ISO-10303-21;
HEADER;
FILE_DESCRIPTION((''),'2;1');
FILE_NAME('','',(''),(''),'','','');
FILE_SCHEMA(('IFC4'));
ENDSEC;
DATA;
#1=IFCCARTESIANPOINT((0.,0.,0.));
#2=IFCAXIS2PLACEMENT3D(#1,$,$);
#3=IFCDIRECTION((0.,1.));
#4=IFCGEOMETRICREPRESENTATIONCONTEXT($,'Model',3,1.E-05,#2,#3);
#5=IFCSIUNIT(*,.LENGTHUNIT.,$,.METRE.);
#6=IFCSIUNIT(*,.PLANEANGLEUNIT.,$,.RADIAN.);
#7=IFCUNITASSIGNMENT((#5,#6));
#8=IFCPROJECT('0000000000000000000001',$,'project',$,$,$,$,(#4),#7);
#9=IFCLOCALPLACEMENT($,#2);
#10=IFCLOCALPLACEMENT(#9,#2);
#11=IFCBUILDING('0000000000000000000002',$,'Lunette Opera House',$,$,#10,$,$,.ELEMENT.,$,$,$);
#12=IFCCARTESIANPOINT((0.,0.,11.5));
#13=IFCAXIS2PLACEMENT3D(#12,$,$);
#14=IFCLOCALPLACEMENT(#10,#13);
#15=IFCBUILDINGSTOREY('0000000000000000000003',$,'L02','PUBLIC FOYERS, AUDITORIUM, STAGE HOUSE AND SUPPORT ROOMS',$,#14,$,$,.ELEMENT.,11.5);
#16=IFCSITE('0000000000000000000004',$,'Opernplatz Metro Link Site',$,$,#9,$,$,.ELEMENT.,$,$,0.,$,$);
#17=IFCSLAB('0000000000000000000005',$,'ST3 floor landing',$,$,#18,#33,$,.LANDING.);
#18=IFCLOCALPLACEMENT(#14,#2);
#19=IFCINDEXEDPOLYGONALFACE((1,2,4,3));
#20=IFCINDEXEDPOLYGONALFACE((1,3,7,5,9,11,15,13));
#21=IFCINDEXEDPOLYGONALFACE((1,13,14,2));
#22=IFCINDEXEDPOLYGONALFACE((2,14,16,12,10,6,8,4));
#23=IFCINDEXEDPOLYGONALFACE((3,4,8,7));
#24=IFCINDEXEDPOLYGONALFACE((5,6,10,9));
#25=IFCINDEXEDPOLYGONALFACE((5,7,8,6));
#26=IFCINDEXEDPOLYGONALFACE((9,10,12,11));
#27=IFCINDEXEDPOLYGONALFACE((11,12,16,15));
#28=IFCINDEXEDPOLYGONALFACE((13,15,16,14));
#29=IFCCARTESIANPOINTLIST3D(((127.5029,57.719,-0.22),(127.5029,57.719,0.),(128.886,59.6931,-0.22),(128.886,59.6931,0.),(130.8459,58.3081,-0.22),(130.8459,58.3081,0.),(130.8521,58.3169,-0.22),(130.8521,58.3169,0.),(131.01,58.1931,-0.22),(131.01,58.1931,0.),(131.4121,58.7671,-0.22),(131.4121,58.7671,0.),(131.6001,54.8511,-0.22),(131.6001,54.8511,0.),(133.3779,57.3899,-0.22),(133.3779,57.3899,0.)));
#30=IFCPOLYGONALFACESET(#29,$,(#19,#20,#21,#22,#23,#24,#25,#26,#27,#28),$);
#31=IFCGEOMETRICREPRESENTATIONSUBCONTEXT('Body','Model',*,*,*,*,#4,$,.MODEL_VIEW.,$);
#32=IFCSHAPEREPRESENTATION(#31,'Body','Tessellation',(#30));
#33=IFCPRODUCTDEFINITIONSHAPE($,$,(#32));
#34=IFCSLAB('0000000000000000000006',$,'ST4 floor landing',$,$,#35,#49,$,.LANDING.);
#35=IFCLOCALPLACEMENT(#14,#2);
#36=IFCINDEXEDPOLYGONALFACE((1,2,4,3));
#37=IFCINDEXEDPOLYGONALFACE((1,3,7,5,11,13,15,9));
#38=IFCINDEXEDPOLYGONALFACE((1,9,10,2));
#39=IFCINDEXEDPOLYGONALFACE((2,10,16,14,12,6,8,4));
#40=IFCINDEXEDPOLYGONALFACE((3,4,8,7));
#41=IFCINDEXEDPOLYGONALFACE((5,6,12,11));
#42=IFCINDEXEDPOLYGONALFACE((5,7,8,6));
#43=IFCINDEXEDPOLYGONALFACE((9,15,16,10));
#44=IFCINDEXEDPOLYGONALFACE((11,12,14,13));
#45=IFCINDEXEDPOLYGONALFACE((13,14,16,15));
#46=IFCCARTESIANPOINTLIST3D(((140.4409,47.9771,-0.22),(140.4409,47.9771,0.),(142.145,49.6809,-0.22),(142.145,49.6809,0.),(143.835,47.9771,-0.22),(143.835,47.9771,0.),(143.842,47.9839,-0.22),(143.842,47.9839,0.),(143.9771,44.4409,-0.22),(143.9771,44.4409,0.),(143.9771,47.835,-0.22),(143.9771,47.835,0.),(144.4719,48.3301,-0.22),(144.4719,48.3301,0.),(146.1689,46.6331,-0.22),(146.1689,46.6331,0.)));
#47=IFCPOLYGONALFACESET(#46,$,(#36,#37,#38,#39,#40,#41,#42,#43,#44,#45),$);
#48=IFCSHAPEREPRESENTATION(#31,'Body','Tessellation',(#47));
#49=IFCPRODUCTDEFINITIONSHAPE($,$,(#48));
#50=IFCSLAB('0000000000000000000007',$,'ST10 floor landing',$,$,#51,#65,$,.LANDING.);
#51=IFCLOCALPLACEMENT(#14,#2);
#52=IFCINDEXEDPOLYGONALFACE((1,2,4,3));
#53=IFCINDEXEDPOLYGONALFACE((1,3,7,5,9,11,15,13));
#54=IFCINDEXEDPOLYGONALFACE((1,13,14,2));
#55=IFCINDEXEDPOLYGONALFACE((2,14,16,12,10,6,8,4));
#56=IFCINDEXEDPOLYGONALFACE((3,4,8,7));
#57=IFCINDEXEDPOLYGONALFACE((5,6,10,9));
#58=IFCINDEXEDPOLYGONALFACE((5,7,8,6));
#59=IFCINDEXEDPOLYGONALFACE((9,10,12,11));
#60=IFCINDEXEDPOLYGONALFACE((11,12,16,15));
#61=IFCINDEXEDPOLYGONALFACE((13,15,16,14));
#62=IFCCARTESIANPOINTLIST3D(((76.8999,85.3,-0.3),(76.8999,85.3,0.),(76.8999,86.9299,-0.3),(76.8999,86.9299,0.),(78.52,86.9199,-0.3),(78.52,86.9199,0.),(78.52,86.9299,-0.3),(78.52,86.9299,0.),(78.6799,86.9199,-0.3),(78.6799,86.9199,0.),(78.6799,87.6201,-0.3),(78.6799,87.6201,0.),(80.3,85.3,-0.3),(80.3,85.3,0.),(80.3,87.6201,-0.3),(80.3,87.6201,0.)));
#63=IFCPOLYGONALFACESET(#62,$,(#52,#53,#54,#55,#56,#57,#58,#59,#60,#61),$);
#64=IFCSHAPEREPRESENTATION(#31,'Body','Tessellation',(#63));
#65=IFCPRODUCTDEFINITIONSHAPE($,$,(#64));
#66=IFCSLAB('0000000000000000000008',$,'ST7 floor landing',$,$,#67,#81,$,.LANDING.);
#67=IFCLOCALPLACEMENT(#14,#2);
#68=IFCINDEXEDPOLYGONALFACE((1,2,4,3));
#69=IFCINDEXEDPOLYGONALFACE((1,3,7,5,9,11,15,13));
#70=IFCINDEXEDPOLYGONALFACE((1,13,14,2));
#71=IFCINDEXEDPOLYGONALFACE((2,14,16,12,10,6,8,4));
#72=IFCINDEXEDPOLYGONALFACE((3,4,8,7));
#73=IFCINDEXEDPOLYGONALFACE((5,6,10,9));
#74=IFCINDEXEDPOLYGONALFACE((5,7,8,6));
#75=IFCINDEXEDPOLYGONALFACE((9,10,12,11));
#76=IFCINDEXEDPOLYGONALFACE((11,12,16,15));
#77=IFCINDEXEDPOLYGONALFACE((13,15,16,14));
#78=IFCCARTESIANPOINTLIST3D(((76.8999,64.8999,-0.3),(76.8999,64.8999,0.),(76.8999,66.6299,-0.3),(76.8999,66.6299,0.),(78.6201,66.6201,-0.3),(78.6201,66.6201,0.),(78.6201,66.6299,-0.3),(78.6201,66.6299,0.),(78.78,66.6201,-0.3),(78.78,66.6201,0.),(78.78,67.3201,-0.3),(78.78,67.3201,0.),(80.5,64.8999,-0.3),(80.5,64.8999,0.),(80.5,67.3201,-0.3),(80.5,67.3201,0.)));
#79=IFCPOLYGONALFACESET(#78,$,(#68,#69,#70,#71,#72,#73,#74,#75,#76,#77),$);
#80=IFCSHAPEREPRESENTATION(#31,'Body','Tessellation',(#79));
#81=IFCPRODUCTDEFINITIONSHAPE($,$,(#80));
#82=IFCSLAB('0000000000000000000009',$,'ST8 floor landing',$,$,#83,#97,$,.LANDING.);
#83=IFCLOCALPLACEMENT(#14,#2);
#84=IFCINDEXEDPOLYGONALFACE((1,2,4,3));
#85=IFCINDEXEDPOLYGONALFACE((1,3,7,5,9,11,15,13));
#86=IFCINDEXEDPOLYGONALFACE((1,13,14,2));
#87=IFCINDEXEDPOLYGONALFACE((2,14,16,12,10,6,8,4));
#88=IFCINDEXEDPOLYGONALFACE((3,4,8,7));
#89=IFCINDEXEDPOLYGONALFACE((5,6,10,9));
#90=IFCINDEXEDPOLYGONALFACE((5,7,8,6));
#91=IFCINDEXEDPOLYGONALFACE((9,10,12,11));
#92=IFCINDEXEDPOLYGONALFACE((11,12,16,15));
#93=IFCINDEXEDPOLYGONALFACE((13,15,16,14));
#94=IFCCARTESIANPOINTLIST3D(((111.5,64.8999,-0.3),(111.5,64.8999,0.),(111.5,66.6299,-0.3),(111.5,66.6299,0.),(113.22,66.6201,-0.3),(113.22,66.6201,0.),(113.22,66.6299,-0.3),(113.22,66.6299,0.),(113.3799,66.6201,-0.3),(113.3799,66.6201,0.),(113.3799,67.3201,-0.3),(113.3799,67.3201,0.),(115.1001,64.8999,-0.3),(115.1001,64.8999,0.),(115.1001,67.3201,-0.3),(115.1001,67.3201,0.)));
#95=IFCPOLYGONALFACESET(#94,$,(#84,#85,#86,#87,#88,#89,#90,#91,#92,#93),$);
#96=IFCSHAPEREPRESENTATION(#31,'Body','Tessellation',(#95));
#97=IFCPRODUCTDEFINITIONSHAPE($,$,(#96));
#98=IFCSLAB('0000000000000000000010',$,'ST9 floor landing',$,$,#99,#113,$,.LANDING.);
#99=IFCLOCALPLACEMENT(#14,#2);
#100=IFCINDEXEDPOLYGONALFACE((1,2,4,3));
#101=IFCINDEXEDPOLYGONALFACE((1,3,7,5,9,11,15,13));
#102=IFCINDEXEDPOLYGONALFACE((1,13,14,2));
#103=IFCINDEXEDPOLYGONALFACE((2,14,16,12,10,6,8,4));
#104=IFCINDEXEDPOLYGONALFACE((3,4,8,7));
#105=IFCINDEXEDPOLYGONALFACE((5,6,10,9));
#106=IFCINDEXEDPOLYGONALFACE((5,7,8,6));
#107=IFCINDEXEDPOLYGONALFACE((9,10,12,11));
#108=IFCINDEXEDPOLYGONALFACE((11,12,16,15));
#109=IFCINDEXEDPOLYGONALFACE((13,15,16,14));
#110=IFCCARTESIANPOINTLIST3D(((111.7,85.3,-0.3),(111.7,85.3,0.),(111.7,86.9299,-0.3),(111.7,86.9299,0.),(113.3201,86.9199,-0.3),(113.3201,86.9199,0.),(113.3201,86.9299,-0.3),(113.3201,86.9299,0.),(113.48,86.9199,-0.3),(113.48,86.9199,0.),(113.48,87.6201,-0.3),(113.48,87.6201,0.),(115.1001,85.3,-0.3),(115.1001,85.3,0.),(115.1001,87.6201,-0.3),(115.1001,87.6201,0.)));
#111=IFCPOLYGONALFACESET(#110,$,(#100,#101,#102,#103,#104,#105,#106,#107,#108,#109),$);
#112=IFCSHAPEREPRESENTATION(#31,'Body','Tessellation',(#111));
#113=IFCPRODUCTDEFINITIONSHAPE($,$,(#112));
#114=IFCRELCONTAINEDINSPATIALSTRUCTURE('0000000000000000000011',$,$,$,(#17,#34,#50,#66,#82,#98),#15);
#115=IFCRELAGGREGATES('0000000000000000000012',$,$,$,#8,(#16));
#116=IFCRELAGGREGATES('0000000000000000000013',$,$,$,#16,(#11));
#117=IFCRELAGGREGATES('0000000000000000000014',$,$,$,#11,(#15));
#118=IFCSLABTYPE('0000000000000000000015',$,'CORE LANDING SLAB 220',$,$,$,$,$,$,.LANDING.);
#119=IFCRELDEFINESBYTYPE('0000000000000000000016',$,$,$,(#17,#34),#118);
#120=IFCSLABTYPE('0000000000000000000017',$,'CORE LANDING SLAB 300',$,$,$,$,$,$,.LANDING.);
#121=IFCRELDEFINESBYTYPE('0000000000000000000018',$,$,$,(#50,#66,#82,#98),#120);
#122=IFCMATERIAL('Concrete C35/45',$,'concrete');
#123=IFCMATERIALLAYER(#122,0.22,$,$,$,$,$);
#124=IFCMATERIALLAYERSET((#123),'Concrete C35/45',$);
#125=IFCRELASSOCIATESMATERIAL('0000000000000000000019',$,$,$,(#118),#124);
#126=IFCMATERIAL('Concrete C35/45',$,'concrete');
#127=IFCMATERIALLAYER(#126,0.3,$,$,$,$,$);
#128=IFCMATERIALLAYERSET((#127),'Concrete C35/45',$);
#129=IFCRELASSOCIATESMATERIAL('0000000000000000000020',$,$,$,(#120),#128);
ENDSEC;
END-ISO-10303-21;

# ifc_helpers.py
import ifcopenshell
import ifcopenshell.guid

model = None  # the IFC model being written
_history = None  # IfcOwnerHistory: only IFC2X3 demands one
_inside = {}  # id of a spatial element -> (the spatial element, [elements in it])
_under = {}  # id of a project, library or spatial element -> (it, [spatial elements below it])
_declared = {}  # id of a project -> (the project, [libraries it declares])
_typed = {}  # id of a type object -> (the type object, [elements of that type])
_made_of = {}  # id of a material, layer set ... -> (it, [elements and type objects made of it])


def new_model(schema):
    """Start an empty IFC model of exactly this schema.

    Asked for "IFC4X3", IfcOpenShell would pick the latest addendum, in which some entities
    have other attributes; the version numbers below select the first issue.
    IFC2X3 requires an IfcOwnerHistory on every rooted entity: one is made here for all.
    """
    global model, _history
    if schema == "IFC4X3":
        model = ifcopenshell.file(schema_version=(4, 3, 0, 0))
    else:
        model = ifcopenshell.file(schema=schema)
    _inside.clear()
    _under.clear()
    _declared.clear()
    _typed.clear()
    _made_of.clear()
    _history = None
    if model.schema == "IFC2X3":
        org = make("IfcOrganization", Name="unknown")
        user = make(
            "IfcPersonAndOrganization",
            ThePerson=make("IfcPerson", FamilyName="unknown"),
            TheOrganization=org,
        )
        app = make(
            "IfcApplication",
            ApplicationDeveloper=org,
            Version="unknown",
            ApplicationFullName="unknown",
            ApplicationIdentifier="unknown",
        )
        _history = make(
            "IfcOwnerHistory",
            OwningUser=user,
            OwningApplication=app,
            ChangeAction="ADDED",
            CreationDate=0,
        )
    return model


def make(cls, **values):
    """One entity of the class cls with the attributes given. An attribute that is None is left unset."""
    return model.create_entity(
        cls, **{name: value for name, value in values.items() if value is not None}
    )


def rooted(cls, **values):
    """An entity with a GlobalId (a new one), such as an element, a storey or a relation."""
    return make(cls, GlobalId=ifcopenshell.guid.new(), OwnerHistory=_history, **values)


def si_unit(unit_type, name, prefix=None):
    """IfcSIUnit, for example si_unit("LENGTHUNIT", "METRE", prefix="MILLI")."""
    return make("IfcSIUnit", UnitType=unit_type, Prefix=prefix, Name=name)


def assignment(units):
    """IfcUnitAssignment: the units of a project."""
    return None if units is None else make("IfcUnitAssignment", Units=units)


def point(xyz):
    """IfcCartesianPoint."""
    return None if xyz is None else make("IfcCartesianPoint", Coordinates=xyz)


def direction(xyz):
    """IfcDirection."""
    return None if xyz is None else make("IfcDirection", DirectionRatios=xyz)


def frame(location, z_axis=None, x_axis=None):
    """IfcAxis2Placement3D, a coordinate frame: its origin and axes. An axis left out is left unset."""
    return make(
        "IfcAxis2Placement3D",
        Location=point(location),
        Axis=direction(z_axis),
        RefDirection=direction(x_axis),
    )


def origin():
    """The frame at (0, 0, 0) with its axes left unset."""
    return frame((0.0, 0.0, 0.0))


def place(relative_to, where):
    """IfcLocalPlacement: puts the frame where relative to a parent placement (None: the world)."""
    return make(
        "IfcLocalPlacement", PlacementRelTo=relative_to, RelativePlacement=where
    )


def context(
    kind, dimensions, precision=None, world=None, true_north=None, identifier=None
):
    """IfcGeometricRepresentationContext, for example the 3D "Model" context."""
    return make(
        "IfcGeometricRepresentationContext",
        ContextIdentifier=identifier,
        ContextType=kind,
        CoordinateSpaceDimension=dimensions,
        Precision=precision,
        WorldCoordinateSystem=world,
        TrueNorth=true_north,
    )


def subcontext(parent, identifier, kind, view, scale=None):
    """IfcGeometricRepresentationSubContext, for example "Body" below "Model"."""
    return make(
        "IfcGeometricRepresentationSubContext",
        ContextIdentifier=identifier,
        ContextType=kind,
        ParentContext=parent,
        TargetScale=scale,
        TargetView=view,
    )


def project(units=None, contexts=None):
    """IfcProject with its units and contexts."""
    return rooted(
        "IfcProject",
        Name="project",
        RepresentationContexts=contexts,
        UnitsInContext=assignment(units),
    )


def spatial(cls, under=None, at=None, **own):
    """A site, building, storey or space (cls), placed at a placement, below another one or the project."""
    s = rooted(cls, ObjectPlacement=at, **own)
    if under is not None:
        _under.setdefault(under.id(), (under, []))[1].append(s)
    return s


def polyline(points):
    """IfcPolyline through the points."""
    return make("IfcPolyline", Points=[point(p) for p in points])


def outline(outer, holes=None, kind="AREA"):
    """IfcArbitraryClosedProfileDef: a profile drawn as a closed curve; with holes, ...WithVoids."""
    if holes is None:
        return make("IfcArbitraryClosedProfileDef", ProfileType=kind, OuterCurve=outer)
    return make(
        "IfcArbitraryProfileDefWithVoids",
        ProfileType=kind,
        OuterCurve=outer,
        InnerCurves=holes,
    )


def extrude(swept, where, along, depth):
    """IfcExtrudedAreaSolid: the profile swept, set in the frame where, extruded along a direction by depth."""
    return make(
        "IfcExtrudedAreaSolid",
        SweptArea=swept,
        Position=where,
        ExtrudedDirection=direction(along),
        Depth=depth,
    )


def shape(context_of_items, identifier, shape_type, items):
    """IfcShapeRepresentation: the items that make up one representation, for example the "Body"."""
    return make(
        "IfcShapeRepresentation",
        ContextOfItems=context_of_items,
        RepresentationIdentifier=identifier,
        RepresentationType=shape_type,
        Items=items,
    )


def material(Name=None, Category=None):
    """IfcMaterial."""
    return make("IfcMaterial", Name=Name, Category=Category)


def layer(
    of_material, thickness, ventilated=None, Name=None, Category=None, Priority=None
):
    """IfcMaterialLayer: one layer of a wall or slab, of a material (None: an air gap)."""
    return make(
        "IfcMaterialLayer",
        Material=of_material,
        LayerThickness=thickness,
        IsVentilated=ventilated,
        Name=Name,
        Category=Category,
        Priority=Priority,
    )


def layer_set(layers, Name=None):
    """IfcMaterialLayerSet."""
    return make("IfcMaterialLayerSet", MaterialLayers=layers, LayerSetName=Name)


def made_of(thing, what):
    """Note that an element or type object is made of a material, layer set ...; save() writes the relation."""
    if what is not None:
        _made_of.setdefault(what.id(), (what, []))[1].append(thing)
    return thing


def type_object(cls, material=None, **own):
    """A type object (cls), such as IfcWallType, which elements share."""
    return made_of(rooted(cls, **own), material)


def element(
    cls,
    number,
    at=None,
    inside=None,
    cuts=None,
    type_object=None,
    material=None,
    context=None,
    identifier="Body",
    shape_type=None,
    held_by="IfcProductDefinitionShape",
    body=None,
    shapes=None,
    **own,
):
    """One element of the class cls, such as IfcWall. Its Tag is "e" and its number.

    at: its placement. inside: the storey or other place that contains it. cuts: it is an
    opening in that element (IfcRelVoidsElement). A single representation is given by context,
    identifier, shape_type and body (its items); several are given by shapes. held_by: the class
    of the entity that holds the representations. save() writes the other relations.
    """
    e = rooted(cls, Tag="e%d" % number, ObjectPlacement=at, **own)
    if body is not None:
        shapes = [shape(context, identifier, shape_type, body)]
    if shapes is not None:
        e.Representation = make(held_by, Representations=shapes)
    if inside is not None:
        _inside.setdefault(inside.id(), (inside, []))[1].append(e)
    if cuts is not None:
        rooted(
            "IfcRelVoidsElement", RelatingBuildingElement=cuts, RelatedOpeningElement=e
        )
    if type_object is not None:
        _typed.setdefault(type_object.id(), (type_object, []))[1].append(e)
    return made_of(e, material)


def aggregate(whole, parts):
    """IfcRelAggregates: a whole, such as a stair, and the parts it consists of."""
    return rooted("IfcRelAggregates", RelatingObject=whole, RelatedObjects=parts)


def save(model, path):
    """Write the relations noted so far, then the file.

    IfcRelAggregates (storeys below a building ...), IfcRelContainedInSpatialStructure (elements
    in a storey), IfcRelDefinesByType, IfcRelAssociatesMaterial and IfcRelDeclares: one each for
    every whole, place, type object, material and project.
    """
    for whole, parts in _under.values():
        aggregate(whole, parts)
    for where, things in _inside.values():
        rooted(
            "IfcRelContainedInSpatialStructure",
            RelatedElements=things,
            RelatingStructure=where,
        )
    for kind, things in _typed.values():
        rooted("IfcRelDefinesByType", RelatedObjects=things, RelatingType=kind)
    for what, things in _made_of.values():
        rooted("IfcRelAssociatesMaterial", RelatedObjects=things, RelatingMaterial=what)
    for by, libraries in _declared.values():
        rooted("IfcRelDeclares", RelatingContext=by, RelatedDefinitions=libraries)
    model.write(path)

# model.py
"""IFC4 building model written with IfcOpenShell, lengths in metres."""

from ifc_helpers import new_model, si_unit, direction, frame, origin, place, context, subcontext, project, spatial, polyline, outline, extrude, material, layer, layer_set, type_object, element, save


model = new_model("IFC4")

# Units and contexts
model_context = context("Model", 3, precision=1e-05, world=origin(), true_north=direction((0.0, 1.0)))
body_context = subcontext(model_context, "Body", "Model", "MODEL_VIEW")
ifc_project = project(units=[si_unit("LENGTHUNIT", "METRE"), si_unit("PLANEANGLEUNIT", "RADIAN")], contexts=[model_context])

# Site, building, storey
site_placement = place(None, origin())
site = spatial("IfcSite", under=ifc_project, at=site_placement, Name="Opernplatz Metro Link Site", CompositionType="ELEMENT", RefElevation=0.0)
building_placement = place(site_placement, origin())
building = spatial("IfcBuilding", under=site, at=building_placement, Name="Lunette Opera House", CompositionType="ELEMENT")
storey_placement = place(building_placement, frame((0.0, 0.0, 11.5)))
storey = spatial("IfcBuildingStorey", under=building, at=storey_placement, Name="L02", Description="PUBLIC FOYERS, AUDITORIUM, STAGE HOUSE AND SUPPORT ROOMS", CompositionType="ELEMENT", Elevation=11.5)

# Slabs
ifc_material_1 = material(Name="Concrete C35/45", Category="concrete")
ifc_layer_1 = layer(ifc_material_1, 0.22)
ifc_layer_set_1 = layer_set([ifc_layer_1], Name="Concrete C35/45")
slab_type_1 = type_object("IfcSlabType", Name="CORE LANDING SLAB 220", PredefinedType="LANDING", material=ifc_layer_set_1)
slab_1_placement = place(storey_placement, frame((0.0, 0.0, -0.22)))
element("IfcSlab", 1, at=slab_1_placement, inside=storey, type_object=slab_type_1, Name="ST3 floor landing", PredefinedType="LANDING", context=body_context, shape_type="SweptSolid", body=[
    extrude(outline(polyline([(127.5029, 57.719), (128.886, 59.6931), (130.8521, 58.3169), (130.8459, 58.3081), (131.01, 58.1931), (131.4121, 58.7671), (133.3779, 57.3899), (131.6001, 54.8511), (127.5029, 57.719)])), origin(), (0.0, 0.0, 1.0), 0.22),
])
slab_2_placement = place(storey_placement, frame((0.0, 0.0, -0.22)))
element("IfcSlab", 2, at=slab_2_placement, inside=storey, type_object=slab_type_1, Name="ST4 floor landing", PredefinedType="LANDING", context=body_context, shape_type="SweptSolid", body=[
    extrude(outline(polyline([(140.4409, 47.9771), (142.145, 49.6809), (143.842, 47.9839), (143.835, 47.9771), (143.9771, 47.835), (144.4719, 48.3301), (146.1689, 46.6331), (143.9771, 44.4409), (140.4409, 47.9771)])), origin(), (0.0, 0.0, 1.0), 0.22),
])
ifc_material_2 = material(Name="Concrete C35/45", Category="concrete")
ifc_layer_2 = layer(ifc_material_2, 0.3)
ifc_layer_set_2 = layer_set([ifc_layer_2], Name="Concrete C35/45")
slab_type_2 = type_object("IfcSlabType", Name="CORE LANDING SLAB 300", PredefinedType="LANDING", material=ifc_layer_set_2)
slab_3_placement = place(storey_placement, frame((0.0, 0.0, -0.3)))
element("IfcSlab", 3, at=slab_3_placement, inside=storey, type_object=slab_type_2, Name="ST10 floor landing", PredefinedType="LANDING", context=body_context, shape_type="SweptSolid", body=[
    extrude(outline(polyline([(76.8999, 85.3), (76.8999, 86.9299), (78.52, 86.9299), (78.52, 86.9199), (78.6799, 86.9199), (78.6799, 87.6201), (80.3, 87.6201), (80.3, 85.3), (76.8999, 85.3)])), origin(), (0.0, 0.0, 1.0), 0.3),
])
slab_4_placement = place(storey_placement, frame((0.0, 0.0, -0.3)))
element("IfcSlab", 4, at=slab_4_placement, inside=storey, type_object=slab_type_2, Name="ST7 floor landing", PredefinedType="LANDING", context=body_context, shape_type="SweptSolid", body=[
    extrude(outline(polyline([(76.8999, 64.8999), (76.8999, 66.6299), (78.6201, 66.6299), (78.6201, 66.6201), (78.78, 66.6201), (78.78, 67.3201), (80.5, 67.3201), (80.5, 64.8999), (76.8999, 64.8999)])), origin(), (0.0, 0.0, 1.0), 0.3),
])
slab_5_placement = place(storey_placement, frame((0.0, 0.0, -0.3)))
element("IfcSlab", 5, at=slab_5_placement, inside=storey, type_object=slab_type_2, Name="ST8 floor landing", PredefinedType="LANDING", context=body_context, shape_type="SweptSolid", body=[
    extrude(outline(polyline([(111.5, 64.8999), (111.5, 66.6299), (113.22, 66.6299), (113.22, 66.6201), (113.3799, 66.6201), (113.3799, 67.3201), (115.1001, 67.3201), (115.1001, 64.8999), (111.5, 64.8999)])), origin(), (0.0, 0.0, 1.0), 0.3),
])
slab_6_placement = place(storey_placement, frame((0.0, 0.0, -0.3)))
element("IfcSlab", 6, at=slab_6_placement, inside=storey, type_object=slab_type_2, Name="ST9 floor landing", PredefinedType="LANDING", context=body_context, shape_type="SweptSolid", body=[
    extrude(outline(polyline([(111.7, 85.3), (111.7, 86.9299), (113.3201, 86.9299), (113.3201, 86.9199), (113.48, 86.9199), (113.48, 87.6201), (115.1001, 87.6201), (115.1001, 85.3), (111.7, 85.3)])), origin(), (0.0, 0.0, 1.0), 0.3),
])

save(model, "model.ifc")
